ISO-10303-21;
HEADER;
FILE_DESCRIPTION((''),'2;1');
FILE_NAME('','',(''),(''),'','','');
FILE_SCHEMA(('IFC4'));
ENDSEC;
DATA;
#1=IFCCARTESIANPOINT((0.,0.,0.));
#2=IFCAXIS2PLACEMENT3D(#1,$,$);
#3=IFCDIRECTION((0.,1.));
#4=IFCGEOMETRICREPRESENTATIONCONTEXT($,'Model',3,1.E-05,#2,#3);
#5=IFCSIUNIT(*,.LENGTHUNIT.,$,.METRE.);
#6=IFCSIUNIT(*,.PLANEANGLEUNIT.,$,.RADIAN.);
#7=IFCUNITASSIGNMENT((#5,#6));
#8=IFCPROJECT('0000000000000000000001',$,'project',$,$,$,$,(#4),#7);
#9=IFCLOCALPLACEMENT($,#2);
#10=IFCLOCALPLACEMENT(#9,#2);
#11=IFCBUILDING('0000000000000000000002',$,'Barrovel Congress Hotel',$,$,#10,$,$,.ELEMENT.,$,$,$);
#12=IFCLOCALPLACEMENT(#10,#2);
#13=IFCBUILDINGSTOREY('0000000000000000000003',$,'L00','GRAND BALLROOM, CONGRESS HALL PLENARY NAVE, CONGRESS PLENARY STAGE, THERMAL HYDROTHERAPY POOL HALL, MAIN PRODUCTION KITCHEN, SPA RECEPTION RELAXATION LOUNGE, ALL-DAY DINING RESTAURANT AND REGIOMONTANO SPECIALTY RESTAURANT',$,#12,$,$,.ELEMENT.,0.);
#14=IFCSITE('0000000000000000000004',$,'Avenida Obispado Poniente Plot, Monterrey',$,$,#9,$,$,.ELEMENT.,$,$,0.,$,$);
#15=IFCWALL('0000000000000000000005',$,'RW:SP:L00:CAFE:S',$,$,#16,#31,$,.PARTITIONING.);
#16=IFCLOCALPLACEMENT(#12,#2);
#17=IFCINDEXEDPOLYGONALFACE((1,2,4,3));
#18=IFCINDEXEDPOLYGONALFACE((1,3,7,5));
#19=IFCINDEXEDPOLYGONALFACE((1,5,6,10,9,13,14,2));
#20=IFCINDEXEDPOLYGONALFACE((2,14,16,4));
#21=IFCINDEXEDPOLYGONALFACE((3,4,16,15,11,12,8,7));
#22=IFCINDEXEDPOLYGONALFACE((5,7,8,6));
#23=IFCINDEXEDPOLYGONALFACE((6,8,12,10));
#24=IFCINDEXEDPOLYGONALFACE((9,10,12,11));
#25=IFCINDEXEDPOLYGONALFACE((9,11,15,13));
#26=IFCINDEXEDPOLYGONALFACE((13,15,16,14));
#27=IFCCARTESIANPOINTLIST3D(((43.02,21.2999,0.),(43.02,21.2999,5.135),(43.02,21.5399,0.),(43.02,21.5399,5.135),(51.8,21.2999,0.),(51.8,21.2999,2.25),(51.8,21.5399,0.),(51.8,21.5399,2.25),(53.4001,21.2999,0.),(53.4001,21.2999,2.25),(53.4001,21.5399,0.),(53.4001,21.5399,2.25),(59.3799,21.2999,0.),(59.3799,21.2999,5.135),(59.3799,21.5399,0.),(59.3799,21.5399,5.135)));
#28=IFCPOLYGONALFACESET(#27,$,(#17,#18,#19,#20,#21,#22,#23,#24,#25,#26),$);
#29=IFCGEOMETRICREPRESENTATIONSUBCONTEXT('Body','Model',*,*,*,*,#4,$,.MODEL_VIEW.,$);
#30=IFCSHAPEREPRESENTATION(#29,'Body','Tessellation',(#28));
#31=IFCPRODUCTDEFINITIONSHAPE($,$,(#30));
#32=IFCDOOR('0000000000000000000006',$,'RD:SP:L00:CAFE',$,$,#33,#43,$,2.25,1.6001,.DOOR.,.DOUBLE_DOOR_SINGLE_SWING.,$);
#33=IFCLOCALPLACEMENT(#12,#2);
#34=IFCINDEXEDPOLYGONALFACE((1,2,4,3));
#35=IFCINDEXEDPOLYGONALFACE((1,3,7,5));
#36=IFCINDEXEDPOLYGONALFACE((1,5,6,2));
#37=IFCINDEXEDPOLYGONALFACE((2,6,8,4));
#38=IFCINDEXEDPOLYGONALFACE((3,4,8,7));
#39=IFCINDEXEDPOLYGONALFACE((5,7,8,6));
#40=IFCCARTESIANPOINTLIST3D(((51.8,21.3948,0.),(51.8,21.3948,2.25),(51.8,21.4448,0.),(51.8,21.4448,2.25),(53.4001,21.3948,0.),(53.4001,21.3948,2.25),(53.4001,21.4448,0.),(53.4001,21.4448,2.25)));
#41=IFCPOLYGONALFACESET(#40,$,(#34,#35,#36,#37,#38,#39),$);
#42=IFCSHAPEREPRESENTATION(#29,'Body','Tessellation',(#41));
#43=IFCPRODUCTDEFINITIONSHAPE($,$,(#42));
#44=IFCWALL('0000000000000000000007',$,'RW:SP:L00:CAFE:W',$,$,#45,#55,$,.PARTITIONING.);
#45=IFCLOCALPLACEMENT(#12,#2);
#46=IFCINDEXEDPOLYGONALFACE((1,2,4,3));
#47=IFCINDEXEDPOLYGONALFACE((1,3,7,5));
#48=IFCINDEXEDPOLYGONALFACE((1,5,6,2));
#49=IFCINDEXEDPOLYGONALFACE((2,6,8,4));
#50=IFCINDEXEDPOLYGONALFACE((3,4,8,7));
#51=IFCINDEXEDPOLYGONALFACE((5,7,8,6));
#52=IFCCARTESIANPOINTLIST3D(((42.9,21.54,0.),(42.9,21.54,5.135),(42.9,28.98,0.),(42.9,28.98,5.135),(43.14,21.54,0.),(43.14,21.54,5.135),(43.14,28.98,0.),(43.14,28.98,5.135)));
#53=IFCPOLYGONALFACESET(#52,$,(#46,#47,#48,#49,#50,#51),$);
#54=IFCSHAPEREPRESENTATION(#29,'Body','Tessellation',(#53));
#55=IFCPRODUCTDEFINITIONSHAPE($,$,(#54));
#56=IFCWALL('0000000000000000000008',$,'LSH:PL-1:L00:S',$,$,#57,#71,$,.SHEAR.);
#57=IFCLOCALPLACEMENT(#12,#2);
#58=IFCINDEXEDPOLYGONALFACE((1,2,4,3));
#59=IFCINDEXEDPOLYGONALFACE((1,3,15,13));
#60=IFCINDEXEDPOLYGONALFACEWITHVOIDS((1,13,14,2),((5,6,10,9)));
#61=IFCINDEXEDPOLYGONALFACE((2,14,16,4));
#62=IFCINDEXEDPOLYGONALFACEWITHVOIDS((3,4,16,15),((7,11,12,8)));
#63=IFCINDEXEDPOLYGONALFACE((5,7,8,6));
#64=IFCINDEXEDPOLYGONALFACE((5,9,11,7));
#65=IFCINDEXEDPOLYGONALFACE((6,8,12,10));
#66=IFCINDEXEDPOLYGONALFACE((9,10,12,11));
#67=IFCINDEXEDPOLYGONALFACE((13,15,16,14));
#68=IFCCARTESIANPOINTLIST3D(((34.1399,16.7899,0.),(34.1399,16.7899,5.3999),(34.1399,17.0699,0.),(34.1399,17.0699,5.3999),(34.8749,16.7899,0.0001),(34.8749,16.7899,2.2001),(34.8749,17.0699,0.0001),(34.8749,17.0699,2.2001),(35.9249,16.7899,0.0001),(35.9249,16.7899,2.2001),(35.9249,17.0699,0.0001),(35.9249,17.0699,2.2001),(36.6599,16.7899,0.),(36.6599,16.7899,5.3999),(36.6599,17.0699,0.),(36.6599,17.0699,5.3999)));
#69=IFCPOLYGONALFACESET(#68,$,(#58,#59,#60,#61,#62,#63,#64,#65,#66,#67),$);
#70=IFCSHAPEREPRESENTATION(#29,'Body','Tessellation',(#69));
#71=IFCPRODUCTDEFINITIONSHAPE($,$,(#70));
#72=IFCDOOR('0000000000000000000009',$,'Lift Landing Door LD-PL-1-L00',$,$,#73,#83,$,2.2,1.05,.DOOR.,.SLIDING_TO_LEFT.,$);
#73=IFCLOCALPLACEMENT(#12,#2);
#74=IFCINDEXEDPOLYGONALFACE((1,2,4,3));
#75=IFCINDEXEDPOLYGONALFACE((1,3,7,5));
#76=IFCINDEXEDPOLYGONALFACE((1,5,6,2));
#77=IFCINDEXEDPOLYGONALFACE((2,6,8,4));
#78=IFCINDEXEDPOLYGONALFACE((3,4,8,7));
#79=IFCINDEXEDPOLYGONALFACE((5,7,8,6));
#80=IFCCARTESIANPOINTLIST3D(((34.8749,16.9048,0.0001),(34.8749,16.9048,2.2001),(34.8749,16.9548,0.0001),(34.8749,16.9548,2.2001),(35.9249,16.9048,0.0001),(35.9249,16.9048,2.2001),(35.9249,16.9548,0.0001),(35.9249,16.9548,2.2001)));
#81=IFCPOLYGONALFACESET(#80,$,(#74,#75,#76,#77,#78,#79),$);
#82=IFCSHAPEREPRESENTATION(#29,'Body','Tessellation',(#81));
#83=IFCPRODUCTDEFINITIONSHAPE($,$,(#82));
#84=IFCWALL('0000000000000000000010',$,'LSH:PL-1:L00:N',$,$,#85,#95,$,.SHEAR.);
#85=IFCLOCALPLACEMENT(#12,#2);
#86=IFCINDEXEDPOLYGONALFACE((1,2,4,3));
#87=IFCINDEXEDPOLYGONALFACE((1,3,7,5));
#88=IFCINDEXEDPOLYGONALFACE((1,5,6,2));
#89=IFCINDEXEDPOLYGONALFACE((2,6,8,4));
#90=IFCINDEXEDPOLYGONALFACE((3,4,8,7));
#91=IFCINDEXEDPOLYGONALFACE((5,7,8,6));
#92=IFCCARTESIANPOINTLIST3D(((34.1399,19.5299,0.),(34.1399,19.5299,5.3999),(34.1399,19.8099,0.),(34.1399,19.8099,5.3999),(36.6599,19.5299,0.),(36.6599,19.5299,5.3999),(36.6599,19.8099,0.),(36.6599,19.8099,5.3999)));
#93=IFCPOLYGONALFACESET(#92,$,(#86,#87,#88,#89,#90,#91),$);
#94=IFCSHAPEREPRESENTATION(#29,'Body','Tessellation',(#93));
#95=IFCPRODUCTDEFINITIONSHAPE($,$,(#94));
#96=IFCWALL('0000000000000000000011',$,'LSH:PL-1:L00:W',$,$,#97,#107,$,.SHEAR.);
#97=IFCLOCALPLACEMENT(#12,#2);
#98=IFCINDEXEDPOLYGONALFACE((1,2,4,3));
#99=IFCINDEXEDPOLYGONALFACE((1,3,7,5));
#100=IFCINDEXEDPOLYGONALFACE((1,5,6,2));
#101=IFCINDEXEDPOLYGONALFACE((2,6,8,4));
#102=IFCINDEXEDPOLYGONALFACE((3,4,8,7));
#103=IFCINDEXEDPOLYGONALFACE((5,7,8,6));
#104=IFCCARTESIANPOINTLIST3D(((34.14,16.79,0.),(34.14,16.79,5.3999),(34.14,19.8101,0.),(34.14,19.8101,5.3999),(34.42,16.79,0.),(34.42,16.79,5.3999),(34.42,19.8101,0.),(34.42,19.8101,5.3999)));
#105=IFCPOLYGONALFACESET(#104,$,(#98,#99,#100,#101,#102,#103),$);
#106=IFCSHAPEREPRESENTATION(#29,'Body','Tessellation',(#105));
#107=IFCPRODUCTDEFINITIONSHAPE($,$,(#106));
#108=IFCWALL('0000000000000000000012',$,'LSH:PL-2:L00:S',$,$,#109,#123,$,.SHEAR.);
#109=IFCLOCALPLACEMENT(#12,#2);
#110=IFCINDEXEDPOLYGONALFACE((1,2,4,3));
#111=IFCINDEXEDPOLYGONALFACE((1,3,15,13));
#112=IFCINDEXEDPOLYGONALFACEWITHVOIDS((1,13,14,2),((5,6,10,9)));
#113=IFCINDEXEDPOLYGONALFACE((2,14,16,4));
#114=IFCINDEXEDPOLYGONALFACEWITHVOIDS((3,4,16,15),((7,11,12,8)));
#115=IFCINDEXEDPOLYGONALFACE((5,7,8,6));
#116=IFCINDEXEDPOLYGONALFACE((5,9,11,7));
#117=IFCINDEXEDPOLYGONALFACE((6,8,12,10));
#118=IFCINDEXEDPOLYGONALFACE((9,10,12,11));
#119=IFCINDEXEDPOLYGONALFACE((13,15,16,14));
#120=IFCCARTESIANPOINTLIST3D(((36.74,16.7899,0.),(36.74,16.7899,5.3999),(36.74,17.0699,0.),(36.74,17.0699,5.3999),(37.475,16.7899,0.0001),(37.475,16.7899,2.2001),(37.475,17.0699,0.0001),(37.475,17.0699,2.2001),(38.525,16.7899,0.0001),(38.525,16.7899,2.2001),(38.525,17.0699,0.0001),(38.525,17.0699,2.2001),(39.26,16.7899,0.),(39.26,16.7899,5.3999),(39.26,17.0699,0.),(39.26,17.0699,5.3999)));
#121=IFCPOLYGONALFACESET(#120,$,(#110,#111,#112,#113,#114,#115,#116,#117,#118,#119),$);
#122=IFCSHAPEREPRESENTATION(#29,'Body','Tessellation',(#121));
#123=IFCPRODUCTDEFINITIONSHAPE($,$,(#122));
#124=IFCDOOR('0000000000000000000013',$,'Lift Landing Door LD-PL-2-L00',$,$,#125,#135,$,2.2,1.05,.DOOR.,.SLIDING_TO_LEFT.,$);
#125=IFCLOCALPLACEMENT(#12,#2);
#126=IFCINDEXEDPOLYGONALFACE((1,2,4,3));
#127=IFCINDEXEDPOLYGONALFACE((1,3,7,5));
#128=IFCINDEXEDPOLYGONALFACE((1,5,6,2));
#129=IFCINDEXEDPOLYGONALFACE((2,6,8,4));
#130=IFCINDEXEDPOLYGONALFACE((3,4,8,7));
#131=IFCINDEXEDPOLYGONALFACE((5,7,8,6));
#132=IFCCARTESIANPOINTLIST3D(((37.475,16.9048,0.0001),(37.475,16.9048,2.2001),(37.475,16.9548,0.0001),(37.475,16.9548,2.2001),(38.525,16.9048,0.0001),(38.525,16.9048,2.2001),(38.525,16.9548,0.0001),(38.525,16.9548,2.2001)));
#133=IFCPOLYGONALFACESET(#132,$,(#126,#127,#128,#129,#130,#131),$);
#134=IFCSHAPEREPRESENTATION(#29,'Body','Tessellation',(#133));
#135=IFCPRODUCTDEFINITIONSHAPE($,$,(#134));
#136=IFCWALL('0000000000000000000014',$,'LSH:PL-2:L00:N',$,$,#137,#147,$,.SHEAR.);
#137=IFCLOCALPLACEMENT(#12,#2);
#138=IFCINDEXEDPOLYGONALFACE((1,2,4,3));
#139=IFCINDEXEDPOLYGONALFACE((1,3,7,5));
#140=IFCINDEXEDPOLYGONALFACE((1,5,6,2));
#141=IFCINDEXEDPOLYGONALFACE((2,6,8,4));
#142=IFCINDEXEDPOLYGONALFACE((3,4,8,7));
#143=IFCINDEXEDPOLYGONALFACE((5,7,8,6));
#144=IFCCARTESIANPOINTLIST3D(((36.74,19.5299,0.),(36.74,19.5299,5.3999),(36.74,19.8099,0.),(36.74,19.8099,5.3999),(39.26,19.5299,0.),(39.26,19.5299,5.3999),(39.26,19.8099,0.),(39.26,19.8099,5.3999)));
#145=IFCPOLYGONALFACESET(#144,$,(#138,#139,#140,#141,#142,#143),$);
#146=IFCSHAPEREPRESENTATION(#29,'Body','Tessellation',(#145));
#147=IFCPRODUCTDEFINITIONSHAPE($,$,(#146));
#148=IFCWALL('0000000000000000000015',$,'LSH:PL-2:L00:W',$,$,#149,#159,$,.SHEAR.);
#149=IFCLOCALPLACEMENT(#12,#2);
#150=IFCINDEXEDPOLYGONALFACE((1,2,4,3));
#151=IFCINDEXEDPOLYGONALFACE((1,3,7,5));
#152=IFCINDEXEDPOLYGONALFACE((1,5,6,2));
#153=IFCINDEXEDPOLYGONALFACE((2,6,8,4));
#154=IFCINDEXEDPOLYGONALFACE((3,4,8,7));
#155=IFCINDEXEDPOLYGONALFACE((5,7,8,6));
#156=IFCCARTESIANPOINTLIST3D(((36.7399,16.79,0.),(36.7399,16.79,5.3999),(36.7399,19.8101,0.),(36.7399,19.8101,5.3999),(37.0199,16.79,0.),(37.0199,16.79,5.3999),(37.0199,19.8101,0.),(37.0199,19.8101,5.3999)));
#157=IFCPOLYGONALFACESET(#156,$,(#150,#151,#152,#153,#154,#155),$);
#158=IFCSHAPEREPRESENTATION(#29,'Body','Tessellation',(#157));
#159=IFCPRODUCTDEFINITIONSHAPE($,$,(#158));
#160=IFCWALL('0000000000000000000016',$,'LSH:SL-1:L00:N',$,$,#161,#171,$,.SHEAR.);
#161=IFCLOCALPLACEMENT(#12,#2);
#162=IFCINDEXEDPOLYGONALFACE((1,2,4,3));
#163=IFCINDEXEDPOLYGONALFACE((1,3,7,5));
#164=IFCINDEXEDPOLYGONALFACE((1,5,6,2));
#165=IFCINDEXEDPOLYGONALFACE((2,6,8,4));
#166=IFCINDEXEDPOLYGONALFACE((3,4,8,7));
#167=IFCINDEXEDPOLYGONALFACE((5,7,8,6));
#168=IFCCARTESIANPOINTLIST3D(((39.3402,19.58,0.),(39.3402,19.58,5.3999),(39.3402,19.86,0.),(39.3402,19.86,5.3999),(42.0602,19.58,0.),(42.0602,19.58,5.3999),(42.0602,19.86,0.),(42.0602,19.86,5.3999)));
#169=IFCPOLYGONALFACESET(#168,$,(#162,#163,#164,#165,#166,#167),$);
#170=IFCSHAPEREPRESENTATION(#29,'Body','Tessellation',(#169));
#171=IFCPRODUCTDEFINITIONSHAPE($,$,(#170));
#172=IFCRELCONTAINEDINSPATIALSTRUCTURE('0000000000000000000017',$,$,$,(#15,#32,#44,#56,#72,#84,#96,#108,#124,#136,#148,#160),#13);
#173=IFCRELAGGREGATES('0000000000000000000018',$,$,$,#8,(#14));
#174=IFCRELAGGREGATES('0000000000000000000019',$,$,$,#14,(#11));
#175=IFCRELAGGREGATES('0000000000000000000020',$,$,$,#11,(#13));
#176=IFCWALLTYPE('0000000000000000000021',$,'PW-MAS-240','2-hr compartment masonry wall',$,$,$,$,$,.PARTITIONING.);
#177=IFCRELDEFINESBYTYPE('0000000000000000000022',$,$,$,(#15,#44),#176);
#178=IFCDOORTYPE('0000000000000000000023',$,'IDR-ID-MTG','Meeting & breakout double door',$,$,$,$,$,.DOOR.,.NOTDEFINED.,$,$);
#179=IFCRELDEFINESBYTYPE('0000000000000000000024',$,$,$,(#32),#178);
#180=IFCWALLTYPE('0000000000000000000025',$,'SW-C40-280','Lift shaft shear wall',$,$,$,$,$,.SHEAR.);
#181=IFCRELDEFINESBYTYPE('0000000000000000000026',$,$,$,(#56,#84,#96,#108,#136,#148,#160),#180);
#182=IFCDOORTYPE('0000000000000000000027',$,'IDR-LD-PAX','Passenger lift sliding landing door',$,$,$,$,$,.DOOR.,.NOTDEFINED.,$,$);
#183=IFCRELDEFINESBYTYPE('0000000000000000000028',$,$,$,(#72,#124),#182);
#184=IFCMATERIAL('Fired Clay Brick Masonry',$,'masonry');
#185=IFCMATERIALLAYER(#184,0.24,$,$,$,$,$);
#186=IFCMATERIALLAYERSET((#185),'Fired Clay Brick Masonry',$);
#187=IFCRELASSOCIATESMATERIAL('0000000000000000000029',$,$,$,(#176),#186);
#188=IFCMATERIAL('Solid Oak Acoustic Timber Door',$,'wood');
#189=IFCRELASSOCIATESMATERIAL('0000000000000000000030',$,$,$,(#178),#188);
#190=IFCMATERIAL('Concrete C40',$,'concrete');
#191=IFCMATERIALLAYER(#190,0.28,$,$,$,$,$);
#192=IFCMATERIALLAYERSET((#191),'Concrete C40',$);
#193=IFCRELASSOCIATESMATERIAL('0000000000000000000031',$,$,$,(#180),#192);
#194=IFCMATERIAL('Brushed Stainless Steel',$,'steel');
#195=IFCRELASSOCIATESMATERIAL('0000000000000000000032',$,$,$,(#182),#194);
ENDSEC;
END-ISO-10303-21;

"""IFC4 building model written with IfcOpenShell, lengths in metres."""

from ifc_helpers import new_model, si_unit, direction, frame, frame_2d, origin, place, context, subcontext, project, spatial, rectangle, extrude, material, layer, layer_set, type_object, element, fill, save


model = new_model("IFC4")

# Units and contexts
model_context = context("Model", 3, precision=1e-05, world=origin(), true_north=direction((0.0, 1.0)))
body_context = subcontext(model_context, "Body", "Model", "MODEL_VIEW")
ifc_project = project(units=[si_unit("LENGTHUNIT", "METRE"), si_unit("PLANEANGLEUNIT", "RADIAN")], contexts=[model_context])

# Site, building, storey
site_placement = place(None, origin())
site = spatial("IfcSite", under=ifc_project, at=site_placement, Name="Avenida Obispado Poniente Plot, Monterrey", CompositionType="ELEMENT", RefElevation=0.0)
building_placement = place(site_placement, origin())
building = spatial("IfcBuilding", under=site, at=building_placement, Name="Barrovel Congress Hotel", CompositionType="ELEMENT")
storey_placement = place(building_placement, origin())
storey = spatial("IfcBuildingStorey", under=building, at=storey_placement, Name="L00", Description="GRAND BALLROOM, CONGRESS HALL PLENARY NAVE, CONGRESS PLENARY STAGE, THERMAL HYDROTHERAPY POOL HALL, MAIN PRODUCTION KITCHEN, SPA RECEPTION RELAXATION LOUNGE, ALL-DAY DINING RESTAURANT AND REGIOMONTANO SPECIALTY RESTAURANT", CompositionType="ELEMENT", Elevation=0.0)

# Shared definitions
ifc_material_1 = material(Name="Concrete C40", Category="concrete")

# Wall, opening, door
ifc_material_2 = material(Name="Fired Clay Brick Masonry", Category="masonry")
ifc_layer_1 = layer(ifc_material_2, 0.24)
ifc_layer_set_1 = layer_set([ifc_layer_1], Name="Fired Clay Brick Masonry")
wall_type_1 = type_object("IfcWallType", Name="PW-MAS-240", Description="2-hr compartment masonry wall", PredefinedType="PARTITIONING", material=ifc_layer_set_1)
wall_1_placement = place(storey_placement, frame((43.02, 21.4199, 0.0), z_axis=(0.0, 0.0, 1.0), x_axis=(1.0, 0.0, 0.0)))
wall_1 = element("IfcWall", 1, at=wall_1_placement, inside=storey, type_object=wall_type_1, Name="RW:SP:L00:CAFE:S", PredefinedType="PARTITIONING", context=body_context, shape_type="SweptSolid", body=[
    extrude(rectangle(XDim=16.3599, YDim=0.24, at=frame_2d((8.1799, 0.0))), origin(), (0.0, 0.0, 1.0), 5.135),
])
opening_1_placement = place(wall_1_placement, frame((8.78, 0.0, 0.0)))
opening_1 = element("IfcOpeningElement", 2, at=opening_1_placement, cuts=wall_1, PredefinedType="OPENING", context=body_context, shape_type="SweptSolid", body=[
    extrude(rectangle(XDim=1.6001, YDim=2.25, at=frame_2d((0.8, 1.125))), frame((0.0, 0.1299, 0.0), z_axis=(0.0, -1.0, 0.0), x_axis=(1.0, 0.0, 0.0)), (0.0, 0.0, 1.0), 0.26),
])
ifc_material_3 = material(Name="Solid Oak Acoustic Timber Door", Category="wood")
door_type_1 = type_object("IfcDoorType", Name="IDR-ID-MTG", Description="Meeting & breakout double door", OperationType="NOTDEFINED", PredefinedType="DOOR", material=ifc_material_3)
door_1_placement = place(opening_1_placement, origin())
door_1 = element("IfcDoor", 3, at=door_1_placement, inside=storey, type_object=door_type_1, Name="RD:SP:L00:CAFE", OperationType="DOUBLE_DOOR_SINGLE_SWING", OverallHeight=2.25, OverallWidth=1.6001, PredefinedType="DOOR", context=body_context, shape_type="SweptSolid", body=[
    extrude(rectangle(XDim=1.6001, YDim=2.25, at=frame_2d((0.8, 1.125))), frame((0.0, 0.0249, 0.0), z_axis=(0.0, -1.0, 0.0), x_axis=(1.0, 0.0, 0.0)), (0.0, 0.0, 1.0), 0.05),
])
fill(opening_1, door_1)

# Wall
wall_2_placement = place(storey_placement, frame((43.02, 21.54, 0.0), z_axis=(0.0, 0.0, 1.0), x_axis=(0.0, 1.0, 0.0)))
element("IfcWall", 4, at=wall_2_placement, inside=storey, type_object=wall_type_1, Name="RW:SP:L00:CAFE:W", PredefinedType="PARTITIONING", context=body_context, shape_type="SweptSolid", body=[
    extrude(rectangle(XDim=7.4399, YDim=0.24, at=frame_2d((3.72, 0.0))), origin(), (0.0, 0.0, 1.0), 5.135),
])

# Wall, opening, door
ifc_layer_2 = layer(ifc_material_1, 0.28)
ifc_layer_set_2 = layer_set([ifc_layer_2], Name="Concrete C40")
wall_type_2 = type_object("IfcWallType", Name="SW-C40-280", Description="Lift shaft shear wall", PredefinedType="SHEAR", material=ifc_layer_set_2)
wall_3_placement = place(storey_placement, frame((34.1399, 16.9299, 0.0), z_axis=(0.0, 0.0, 1.0), x_axis=(1.0, 0.0, 0.0)))
wall_3 = element("IfcWall", 5, at=wall_3_placement, inside=storey, type_object=wall_type_2, Name="LSH:PL-1:L00:S", PredefinedType="SHEAR", context=body_context, shape_type="SweptSolid", body=[
    extrude(rectangle(XDim=2.52, YDim=0.28, at=frame_2d((1.26, 0.0))), origin(), (0.0, 0.0, 1.0), 5.3999),
])
opening_2_placement = place(wall_3_placement, frame((0.7351, 0.0, 0.0)))
opening_2 = element("IfcOpeningElement", 6, at=opening_2_placement, cuts=wall_3, PredefinedType="OPENING", context=body_context, shape_type="SweptSolid", body=[
    extrude(rectangle(XDim=1.05, YDim=2.2, at=frame_2d((0.5249, 1.1001))), frame((0.0, 0.1499, 0.0), z_axis=(0.0, -1.0, 0.0), x_axis=(1.0, 0.0, 0.0)), (0.0, 0.0, 1.0), 0.3),
])
ifc_material_4 = material(Name="Brushed Stainless Steel", Category="steel")
door_type_2 = type_object("IfcDoorType", Name="IDR-LD-PAX", Description="Passenger lift sliding landing door", OperationType="NOTDEFINED", PredefinedType="DOOR", material=ifc_material_4)
door_2_placement = place(opening_2_placement, origin())
door_2 = element("IfcDoor", 7, at=door_2_placement, inside=storey, type_object=door_type_2, Name="Lift Landing Door LD-PL-1-L00", OperationType="SLIDING_TO_LEFT", OverallHeight=2.2, OverallWidth=1.05, PredefinedType="DOOR", context=body_context, shape_type="SweptSolid", body=[
    extrude(rectangle(XDim=1.05, YDim=2.2, at=frame_2d((0.5249, 1.1001))), frame((0.0, 0.0249, 0.0), z_axis=(0.0, -1.0, 0.0), x_axis=(1.0, 0.0, 0.0)), (0.0, 0.0, 1.0), 0.05),
])
fill(opening_2, door_2)

# Walls
wall_4_placement = place(storey_placement, frame((36.6599, 19.6699, 0.0), z_axis=(0.0, 0.0, 1.0), x_axis=(-1.0, 0.0, 0.0)))
element("IfcWall", 8, at=wall_4_placement, inside=storey, type_object=wall_type_2, Name="LSH:PL-1:L00:N", PredefinedType="SHEAR", context=body_context, shape_type="SweptSolid", body=[
    extrude(rectangle(XDim=2.52, YDim=0.28, at=frame_2d((1.26, 0.0))), origin(), (0.0, 0.0, 1.0), 5.3999),
])
wall_5_placement = place(storey_placement, frame((34.28, 19.8101, 0.0), z_axis=(0.0, 0.0, 1.0), x_axis=(0.0, -1.0, 0.0)))
element("IfcWall", 9, at=wall_5_placement, inside=storey, type_object=wall_type_2, Name="LSH:PL-1:L00:W", PredefinedType="SHEAR", context=body_context, shape_type="SweptSolid", body=[
    extrude(rectangle(XDim=3.02, YDim=0.28, at=frame_2d((1.51, 0.0))), origin(), (0.0, 0.0, 1.0), 5.3999),
])

# Wall, opening, door
wall_6_placement = place(storey_placement, frame((36.74, 16.9299, 0.0), z_axis=(0.0, 0.0, 1.0), x_axis=(1.0, 0.0, 0.0)))
wall_6 = element("IfcWall", 10, at=wall_6_placement, inside=storey, type_object=wall_type_2, Name="LSH:PL-2:L00:S", PredefinedType="SHEAR", context=body_context, shape_type="SweptSolid", body=[
    extrude(rectangle(XDim=2.52, YDim=0.28, at=frame_2d((1.26, 0.0))), origin(), (0.0, 0.0, 1.0), 5.3999),
])
opening_3_placement = place(wall_6_placement, frame((0.7351, 0.0, 0.0)))
opening_3 = element("IfcOpeningElement", 11, at=opening_3_placement, cuts=wall_6, PredefinedType="OPENING", context=body_context, shape_type="SweptSolid", body=[
    extrude(rectangle(XDim=1.05, YDim=2.2, at=frame_2d((0.5249, 1.1001))), frame((0.0, 0.1499, 0.0), z_axis=(0.0, -1.0, 0.0), x_axis=(1.0, 0.0, 0.0)), (0.0, 0.0, 1.0), 0.3),
])
door_3_placement = place(opening_3_placement, origin())
door_3 = element("IfcDoor", 12, at=door_3_placement, inside=storey, type_object=door_type_2, Name="Lift Landing Door LD-PL-2-L00", OperationType="SLIDING_TO_LEFT", OverallHeight=2.2, OverallWidth=1.05, PredefinedType="DOOR", context=body_context, shape_type="SweptSolid", body=[
    extrude(rectangle(XDim=1.05, YDim=2.2, at=frame_2d((0.5249, 1.1001))), frame((0.0, 0.0249, 0.0), z_axis=(0.0, -1.0, 0.0), x_axis=(1.0, 0.0, 0.0)), (0.0, 0.0, 1.0), 0.05),
])
fill(opening_3, door_3)

# Walls
wall_7_placement = place(storey_placement, frame((39.26, 19.6699, 0.0), z_axis=(0.0, 0.0, 1.0), x_axis=(-1.0, 0.0, 0.0)))
element("IfcWall", 13, at=wall_7_placement, inside=storey, type_object=wall_type_2, Name="LSH:PL-2:L00:N", PredefinedType="SHEAR", context=body_context, shape_type="SweptSolid", body=[
    extrude(rectangle(XDim=2.52, YDim=0.28, at=frame_2d((1.26, 0.0))), origin(), (0.0, 0.0, 1.0), 5.3999),
])
wall_8_placement = place(storey_placement, frame((36.8799, 19.8101, 0.0), z_axis=(0.0, 0.0, 1.0), x_axis=(0.0, -1.0, 0.0)))
element("IfcWall", 14, at=wall_8_placement, inside=storey, type_object=wall_type_2, Name="LSH:PL-2:L00:W", PredefinedType="SHEAR", context=body_context, shape_type="SweptSolid", body=[
    extrude(rectangle(XDim=3.02, YDim=0.28, at=frame_2d((1.51, 0.0))), origin(), (0.0, 0.0, 1.0), 5.3999),
])
wall_9_placement = place(storey_placement, frame((42.0601, 19.72, 0.0), z_axis=(0.0, 0.0, 1.0), x_axis=(-1.0, 0.0, 0.0)))
element("IfcWall", 15, at=wall_9_placement, inside=storey, type_object=wall_type_2, Name="LSH:SL-1:L00:N", PredefinedType="SHEAR", context=body_context, shape_type="SweptSolid", body=[
    extrude(rectangle(XDim=2.72, YDim=0.28, at=frame_2d((1.3599, 0.0))), origin(), (0.0, 0.0, 1.0), 5.3999),
])

save(model, "model.ifc")
